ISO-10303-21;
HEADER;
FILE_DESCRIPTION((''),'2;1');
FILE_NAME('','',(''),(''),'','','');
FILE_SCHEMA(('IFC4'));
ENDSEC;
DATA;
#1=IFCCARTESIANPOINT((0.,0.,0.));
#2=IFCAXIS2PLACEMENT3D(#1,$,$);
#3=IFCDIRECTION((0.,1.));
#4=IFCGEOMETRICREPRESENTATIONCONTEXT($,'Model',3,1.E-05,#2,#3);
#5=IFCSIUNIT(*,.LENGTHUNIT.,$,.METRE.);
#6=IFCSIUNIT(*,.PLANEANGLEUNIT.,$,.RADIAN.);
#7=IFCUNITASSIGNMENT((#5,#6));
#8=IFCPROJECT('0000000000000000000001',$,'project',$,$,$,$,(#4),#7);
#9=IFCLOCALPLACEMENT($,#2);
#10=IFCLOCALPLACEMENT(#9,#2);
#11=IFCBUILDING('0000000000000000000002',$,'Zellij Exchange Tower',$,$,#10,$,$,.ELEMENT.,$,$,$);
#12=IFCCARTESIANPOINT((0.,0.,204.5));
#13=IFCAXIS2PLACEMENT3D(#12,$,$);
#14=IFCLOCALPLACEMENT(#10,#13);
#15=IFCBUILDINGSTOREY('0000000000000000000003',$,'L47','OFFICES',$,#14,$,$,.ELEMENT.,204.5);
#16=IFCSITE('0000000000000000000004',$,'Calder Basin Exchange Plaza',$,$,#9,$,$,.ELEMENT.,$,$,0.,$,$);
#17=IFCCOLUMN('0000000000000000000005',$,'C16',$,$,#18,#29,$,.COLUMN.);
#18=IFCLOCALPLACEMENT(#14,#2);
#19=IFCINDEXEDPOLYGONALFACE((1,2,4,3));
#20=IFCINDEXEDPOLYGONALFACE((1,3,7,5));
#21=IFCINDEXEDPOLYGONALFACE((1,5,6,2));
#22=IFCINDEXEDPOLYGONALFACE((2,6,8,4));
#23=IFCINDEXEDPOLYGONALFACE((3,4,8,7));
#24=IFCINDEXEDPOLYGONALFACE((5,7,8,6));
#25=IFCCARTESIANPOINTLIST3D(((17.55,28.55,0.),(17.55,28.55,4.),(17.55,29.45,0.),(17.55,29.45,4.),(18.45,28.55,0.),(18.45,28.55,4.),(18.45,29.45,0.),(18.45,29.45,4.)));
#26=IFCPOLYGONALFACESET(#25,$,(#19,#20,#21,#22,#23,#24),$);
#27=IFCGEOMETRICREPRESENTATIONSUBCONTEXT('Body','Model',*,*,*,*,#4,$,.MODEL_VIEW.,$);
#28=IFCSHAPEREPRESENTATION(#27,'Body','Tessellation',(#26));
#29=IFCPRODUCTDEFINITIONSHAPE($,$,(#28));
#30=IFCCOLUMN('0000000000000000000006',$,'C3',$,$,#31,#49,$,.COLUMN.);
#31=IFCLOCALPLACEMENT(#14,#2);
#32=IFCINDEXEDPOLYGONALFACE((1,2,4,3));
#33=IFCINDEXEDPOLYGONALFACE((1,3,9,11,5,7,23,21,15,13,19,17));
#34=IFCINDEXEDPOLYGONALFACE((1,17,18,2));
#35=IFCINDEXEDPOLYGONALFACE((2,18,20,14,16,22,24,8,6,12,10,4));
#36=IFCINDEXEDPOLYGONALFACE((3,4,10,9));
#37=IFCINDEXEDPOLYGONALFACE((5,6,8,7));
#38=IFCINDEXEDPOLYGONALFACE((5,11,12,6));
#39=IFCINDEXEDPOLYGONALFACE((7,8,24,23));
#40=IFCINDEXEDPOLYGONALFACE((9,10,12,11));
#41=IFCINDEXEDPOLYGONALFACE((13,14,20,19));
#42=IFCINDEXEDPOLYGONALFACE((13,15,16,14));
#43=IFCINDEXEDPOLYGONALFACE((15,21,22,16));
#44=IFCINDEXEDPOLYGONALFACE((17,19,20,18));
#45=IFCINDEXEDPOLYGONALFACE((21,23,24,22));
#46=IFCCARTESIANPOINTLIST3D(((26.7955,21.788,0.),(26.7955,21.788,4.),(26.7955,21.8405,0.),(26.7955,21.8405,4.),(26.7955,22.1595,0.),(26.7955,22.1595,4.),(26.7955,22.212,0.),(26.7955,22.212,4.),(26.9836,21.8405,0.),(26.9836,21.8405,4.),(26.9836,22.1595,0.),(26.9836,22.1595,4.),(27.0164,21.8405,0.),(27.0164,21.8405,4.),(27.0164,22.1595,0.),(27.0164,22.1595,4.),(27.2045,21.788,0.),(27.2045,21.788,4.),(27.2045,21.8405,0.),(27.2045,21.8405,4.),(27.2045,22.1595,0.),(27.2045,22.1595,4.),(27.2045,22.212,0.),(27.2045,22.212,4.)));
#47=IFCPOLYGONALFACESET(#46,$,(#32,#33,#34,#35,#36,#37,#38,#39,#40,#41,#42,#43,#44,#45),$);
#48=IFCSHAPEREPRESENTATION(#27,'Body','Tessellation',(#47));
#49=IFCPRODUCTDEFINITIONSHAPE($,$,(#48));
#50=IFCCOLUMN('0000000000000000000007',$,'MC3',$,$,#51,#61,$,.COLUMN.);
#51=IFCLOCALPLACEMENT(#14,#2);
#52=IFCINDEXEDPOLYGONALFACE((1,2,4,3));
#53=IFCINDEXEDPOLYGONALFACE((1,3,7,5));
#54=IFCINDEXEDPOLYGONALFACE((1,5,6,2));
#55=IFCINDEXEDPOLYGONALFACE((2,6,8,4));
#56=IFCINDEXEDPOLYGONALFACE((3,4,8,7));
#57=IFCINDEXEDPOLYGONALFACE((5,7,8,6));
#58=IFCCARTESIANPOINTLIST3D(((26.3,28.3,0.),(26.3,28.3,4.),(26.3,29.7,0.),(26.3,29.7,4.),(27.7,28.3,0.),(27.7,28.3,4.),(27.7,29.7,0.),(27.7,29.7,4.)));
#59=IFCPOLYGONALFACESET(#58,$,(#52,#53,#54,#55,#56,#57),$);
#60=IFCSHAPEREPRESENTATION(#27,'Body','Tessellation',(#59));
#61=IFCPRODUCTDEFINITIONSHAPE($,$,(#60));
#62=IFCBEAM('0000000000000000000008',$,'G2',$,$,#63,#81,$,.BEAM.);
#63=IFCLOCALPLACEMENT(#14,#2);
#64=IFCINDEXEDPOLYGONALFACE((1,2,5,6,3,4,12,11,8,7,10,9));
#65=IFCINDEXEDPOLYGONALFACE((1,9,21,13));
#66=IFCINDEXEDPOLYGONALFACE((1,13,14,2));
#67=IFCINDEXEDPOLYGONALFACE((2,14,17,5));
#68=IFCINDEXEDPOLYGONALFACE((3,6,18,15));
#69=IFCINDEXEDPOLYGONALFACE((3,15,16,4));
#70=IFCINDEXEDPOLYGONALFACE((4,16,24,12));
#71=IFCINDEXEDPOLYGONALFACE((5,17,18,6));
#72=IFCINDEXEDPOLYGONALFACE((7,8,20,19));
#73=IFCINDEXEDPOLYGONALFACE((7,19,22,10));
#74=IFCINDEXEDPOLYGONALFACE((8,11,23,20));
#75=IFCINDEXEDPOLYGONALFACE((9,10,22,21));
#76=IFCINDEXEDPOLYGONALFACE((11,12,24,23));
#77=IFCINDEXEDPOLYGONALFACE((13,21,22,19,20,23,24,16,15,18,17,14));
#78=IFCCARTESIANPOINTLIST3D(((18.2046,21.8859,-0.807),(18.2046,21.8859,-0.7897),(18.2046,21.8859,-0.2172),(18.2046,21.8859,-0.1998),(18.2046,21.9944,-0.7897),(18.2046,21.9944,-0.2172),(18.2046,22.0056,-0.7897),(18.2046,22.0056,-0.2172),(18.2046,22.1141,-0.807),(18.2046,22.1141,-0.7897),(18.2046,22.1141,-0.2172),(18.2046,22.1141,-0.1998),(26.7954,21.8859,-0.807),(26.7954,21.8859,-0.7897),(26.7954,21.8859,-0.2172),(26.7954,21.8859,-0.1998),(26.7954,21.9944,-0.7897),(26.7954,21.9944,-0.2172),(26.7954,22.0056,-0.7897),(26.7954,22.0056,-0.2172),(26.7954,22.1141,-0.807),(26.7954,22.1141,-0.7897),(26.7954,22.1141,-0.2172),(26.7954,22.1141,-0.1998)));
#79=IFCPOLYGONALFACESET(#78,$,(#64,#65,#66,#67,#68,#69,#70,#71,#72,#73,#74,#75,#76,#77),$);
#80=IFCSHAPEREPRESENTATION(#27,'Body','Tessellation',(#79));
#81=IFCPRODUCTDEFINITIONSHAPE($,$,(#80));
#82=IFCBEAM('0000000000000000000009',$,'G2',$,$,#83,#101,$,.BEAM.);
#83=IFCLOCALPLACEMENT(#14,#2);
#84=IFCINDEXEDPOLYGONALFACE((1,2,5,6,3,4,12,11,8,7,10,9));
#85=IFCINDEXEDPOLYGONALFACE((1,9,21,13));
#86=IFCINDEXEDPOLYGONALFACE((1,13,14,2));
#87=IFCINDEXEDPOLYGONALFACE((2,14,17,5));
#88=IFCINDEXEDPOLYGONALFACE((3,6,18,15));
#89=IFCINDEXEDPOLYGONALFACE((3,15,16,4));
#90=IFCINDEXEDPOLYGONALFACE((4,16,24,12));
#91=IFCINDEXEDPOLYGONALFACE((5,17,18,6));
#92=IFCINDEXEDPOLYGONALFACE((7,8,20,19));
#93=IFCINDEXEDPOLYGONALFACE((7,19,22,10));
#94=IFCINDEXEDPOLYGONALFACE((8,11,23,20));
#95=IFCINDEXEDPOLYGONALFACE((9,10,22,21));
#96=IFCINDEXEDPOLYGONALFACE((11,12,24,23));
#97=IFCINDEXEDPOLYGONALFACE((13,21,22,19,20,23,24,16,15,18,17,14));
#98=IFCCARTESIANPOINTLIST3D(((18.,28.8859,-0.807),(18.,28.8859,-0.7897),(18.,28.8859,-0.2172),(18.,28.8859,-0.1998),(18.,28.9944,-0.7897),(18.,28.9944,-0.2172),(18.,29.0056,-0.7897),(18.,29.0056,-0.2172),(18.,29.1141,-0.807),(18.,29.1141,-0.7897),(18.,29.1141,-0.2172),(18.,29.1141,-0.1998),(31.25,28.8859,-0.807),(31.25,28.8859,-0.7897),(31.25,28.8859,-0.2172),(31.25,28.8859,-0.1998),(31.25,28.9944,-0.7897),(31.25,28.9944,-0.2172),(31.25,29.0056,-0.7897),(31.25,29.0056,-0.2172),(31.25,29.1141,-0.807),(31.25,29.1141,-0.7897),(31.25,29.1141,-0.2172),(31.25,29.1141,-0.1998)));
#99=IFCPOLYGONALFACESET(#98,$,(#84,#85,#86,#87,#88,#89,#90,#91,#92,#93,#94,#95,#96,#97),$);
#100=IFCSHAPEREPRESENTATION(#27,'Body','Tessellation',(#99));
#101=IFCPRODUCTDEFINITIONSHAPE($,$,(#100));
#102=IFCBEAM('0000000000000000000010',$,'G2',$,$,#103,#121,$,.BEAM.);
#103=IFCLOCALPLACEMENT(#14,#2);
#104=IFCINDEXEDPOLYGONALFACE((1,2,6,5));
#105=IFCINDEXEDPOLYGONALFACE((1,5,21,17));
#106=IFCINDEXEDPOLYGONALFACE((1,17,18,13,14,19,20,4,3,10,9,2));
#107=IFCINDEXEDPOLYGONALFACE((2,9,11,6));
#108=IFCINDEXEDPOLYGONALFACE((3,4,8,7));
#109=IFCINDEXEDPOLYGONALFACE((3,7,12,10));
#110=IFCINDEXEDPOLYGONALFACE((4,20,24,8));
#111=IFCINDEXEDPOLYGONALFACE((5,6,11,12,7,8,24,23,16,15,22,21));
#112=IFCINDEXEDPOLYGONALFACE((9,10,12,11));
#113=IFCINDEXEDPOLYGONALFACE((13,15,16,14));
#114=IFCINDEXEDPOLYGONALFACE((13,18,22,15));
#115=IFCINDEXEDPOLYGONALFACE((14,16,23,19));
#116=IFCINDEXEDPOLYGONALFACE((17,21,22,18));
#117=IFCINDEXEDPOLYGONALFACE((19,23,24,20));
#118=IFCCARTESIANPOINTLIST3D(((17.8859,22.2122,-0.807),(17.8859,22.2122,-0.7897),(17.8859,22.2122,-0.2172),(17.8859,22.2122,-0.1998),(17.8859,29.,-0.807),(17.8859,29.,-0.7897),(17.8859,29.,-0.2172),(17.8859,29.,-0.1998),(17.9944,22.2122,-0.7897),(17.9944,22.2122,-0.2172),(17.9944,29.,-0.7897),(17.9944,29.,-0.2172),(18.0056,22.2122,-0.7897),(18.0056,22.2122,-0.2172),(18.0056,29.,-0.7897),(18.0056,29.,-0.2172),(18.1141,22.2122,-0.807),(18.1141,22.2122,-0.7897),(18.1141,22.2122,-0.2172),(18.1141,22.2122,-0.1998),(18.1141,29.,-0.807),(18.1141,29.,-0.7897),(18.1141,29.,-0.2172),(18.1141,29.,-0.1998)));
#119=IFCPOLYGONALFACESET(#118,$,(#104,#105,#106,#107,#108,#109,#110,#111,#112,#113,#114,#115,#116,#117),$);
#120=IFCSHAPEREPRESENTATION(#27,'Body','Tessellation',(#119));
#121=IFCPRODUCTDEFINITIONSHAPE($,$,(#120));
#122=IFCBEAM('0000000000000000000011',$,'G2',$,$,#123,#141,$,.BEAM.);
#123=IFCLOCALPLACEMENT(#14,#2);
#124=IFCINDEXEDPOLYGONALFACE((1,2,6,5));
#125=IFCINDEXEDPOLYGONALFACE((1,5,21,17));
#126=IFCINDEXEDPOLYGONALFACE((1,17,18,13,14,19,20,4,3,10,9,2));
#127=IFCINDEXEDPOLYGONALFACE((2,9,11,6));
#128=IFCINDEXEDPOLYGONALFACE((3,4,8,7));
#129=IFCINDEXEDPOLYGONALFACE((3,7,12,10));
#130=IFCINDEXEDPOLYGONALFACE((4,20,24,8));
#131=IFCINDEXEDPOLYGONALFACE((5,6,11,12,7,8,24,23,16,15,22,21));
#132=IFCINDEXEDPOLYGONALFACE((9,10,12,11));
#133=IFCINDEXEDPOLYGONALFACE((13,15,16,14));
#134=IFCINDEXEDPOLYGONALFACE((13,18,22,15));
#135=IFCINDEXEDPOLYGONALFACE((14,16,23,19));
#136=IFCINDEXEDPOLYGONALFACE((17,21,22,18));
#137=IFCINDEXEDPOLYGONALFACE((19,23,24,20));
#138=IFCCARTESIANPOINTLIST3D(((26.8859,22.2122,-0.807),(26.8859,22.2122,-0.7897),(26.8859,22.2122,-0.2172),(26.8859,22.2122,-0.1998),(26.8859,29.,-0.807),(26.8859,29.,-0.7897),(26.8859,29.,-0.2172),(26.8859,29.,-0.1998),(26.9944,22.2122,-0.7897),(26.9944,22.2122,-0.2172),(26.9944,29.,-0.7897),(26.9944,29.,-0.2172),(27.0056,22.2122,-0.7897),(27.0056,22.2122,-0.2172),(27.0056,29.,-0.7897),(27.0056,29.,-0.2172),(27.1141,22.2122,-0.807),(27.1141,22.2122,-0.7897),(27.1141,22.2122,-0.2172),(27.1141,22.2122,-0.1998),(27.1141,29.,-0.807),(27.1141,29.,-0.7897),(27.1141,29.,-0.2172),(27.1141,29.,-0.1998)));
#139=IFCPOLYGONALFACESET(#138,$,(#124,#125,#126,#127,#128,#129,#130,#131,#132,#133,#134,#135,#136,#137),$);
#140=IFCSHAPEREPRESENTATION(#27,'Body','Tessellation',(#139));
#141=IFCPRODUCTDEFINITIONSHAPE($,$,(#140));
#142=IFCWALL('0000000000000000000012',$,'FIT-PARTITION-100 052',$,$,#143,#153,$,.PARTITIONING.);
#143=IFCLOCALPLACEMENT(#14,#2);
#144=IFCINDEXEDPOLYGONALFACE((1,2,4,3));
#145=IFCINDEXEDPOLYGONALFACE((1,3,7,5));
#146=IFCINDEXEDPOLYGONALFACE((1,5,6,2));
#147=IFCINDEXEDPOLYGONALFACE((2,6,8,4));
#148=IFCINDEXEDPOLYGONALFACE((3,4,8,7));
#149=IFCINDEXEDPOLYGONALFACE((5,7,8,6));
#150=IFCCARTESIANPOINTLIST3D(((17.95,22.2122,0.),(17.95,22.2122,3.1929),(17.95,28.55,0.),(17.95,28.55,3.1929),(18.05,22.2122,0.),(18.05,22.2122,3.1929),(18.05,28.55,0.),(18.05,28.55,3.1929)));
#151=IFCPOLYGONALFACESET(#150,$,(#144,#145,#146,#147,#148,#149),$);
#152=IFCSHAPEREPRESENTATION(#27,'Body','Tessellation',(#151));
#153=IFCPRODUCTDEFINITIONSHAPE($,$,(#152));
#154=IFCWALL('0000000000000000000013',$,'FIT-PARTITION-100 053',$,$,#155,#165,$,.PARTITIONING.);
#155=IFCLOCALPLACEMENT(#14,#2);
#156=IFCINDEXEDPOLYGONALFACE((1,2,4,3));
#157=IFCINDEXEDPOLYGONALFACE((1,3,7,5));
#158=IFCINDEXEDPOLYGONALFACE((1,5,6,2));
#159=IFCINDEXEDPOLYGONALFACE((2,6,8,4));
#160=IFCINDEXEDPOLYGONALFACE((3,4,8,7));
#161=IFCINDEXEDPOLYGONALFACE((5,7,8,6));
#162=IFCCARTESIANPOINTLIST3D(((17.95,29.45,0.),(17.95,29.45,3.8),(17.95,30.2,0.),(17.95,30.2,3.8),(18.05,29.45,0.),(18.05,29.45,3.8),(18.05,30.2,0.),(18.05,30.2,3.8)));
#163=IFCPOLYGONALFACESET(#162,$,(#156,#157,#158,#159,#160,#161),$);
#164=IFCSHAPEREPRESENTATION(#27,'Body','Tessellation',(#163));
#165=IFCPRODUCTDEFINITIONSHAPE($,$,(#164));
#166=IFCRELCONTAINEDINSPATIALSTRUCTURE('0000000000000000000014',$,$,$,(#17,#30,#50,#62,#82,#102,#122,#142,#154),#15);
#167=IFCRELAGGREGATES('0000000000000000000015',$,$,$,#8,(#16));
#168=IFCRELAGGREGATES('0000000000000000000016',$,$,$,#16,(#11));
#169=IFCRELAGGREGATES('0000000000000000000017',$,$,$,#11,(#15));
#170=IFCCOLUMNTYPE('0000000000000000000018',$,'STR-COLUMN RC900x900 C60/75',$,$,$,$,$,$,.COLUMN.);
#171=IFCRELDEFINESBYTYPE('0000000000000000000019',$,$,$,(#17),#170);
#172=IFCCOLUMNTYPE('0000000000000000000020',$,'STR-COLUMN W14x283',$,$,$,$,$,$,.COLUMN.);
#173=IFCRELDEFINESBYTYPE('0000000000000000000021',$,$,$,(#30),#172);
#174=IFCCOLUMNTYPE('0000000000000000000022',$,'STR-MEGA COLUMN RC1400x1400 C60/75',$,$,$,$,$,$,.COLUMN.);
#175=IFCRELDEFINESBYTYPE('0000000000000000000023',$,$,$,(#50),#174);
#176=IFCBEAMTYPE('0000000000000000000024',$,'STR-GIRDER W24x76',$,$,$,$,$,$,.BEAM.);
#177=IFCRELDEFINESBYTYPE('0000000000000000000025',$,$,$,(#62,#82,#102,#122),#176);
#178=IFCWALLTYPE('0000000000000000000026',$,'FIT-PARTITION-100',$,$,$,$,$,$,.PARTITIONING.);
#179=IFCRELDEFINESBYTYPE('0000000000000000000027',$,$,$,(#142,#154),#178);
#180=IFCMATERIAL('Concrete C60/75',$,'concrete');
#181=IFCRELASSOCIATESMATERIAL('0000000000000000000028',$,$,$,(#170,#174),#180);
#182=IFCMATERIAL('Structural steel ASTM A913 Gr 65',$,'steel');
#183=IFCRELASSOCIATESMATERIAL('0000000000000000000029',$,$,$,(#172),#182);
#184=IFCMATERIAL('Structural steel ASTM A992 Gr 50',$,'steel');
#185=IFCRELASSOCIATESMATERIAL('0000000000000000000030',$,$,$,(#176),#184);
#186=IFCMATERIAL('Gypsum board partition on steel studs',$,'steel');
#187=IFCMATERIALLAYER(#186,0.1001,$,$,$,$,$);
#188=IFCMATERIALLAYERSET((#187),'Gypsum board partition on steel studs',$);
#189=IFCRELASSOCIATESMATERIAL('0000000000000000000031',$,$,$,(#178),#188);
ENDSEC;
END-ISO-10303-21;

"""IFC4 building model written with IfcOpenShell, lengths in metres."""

from ifc_helpers import new_model, si_unit, direction, frame, frame_2d, origin, origin_2d, place, context, subcontext, project, spatial, rectangle, i_section, extrude, material, layer, layer_set, material_profile, profile_set, type_object, element, save


model = new_model("IFC4")

# Units and contexts
model_context = context("Model", 3, precision=1e-05, world=origin(), true_north=direction((0.0, 1.0)))
body_context = subcontext(model_context, "Body", "Model", "MODEL_VIEW")
ifc_project = project(units=[si_unit("LENGTHUNIT", "METRE"), si_unit("PLANEANGLEUNIT", "RADIAN")], contexts=[model_context])

# Site, building, storey
site_placement = place(None, origin())
site = spatial("IfcSite", under=ifc_project, at=site_placement, Name="Calder Basin Exchange Plaza", CompositionType="ELEMENT", RefElevation=0.0)
building_placement = place(site_placement, origin())
building = spatial("IfcBuilding", under=site, at=building_placement, Name="Zellij Exchange Tower", CompositionType="ELEMENT")
storey_placement = place(building_placement, frame((0.0, 0.0, 204.5)))
storey = spatial("IfcBuildingStorey", under=building, at=storey_placement, Name="L47", Description="OFFICES", CompositionType="ELEMENT", Elevation=204.5)

# Columns
ifc_material_1 = material(Name="Concrete C60/75", Category="concrete")
ifc_material_profile_1 = material_profile(ifc_material_1, rectangle(XDim=0.8999, YDim=0.8999, at=origin_2d()), Name="STR-COLUMN RC900x900 C60/75")
ifc_profile_set_1 = profile_set([ifc_material_profile_1], Name="Concrete C60/75")
column_type_1 = type_object("IfcColumnType", Name="STR-COLUMN RC900x900 C60/75", PredefinedType="COLUMN", material=ifc_profile_set_1)
column_1_placement = place(storey_placement, frame((18.0, 29.0, 0.0), z_axis=(0.0, 0.0, 1.0), x_axis=(1.0, 0.0, 0.0)))
element("IfcColumn", 1, at=column_1_placement, inside=storey, type_object=column_type_1, Name="C16", PredefinedType="COLUMN", context=body_context, shape_type="SweptSolid", body=[
    extrude(rectangle(XDim=0.8999, YDim=0.8999, at=origin_2d()), origin(), (0.0, 0.0, 1.0), 4.0),
])
ifc_material_2 = material(Name="Structural steel ASTM A913 Gr 65", Category="steel")
ifc_material_profile_2 = material_profile(ifc_material_2, i_section(OverallWidth=0.4089, OverallDepth=0.4241, WebThickness=0.0327, FlangeThickness=0.0525, at=origin_2d()), Name="W14x283")
ifc_profile_set_2 = profile_set([ifc_material_profile_2], Name="Structural steel ASTM A913 Gr 65")
column_type_2 = type_object("IfcColumnType", Name="STR-COLUMN W14x283", PredefinedType="COLUMN", material=ifc_profile_set_2)
column_2_placement = place(storey_placement, frame((27.0, 22.0, 0.0), z_axis=(0.0, 0.0, 1.0), x_axis=(1.0, 0.0, 0.0)))
element("IfcColumn", 2, at=column_2_placement, inside=storey, type_object=column_type_2, Name="C3", PredefinedType="COLUMN", context=body_context, shape_type="SweptSolid", body=[
    extrude(i_section(OverallWidth=0.4089, OverallDepth=0.4241, WebThickness=0.0327, FlangeThickness=0.0525, at=origin_2d()), origin(), (0.0, 0.0, 1.0), 4.0),
])
ifc_material_profile_3 = material_profile(ifc_material_1, rectangle(XDim=1.3999, YDim=1.3999, at=origin_2d()), Name="STR-MEGA COLUMN RC1400x1400 C60/75")
ifc_profile_set_3 = profile_set([ifc_material_profile_3], Name="Concrete C60/75")
column_type_3 = type_object("IfcColumnType", Name="STR-MEGA COLUMN RC1400x1400 C60/75", PredefinedType="COLUMN", material=ifc_profile_set_3)
column_3_placement = place(storey_placement, frame((27.0, 29.0, 0.0), z_axis=(0.0, 0.0, 1.0), x_axis=(1.0, 0.0, 0.0)))
element("IfcColumn", 3, at=column_3_placement, inside=storey, type_object=column_type_3, Name="MC3", PredefinedType="COLUMN", context=body_context, shape_type="SweptSolid", body=[
    extrude(rectangle(XDim=1.3999, YDim=1.3999, at=origin_2d()), origin(), (0.0, 0.0, 1.0), 4.0),
])

# Beams
ifc_material_3 = material(Name="Structural steel ASTM A992 Gr 50", Category="steel")
ifc_material_profile_4 = material_profile(ifc_material_3, i_section(OverallWidth=0.2283, OverallDepth=0.6072, WebThickness=0.0112, FlangeThickness=0.0173, at=origin_2d()), Name="W24x76")
ifc_profile_set_4 = profile_set([ifc_material_profile_4], Name="Structural steel ASTM A992 Gr 50")
beam_type = type_object("IfcBeamType", Name="STR-GIRDER W24x76", PredefinedType="BEAM", material=ifc_profile_set_4)
beam_1_placement = place(storey_placement, frame((18.2046, 22.0, -0.5034), z_axis=(1.0, 0.0, 0.0), x_axis=(0.0, 1.0, 0.0)))
element("IfcBeam", 4, at=beam_1_placement, inside=storey, type_object=beam_type, Name="G2", PredefinedType="BEAM", context=body_context, shape_type="SweptSolid", body=[
    extrude(i_section(OverallWidth=0.2283, OverallDepth=0.6072, WebThickness=0.0112, FlangeThickness=0.0173, at=origin_2d()), origin(), (0.0, 0.0, 1.0), 8.5908),
])
beam_2_placement = place(storey_placement, frame((18.0, 29.0, -0.5034), z_axis=(1.0, 0.0, 0.0), x_axis=(0.0, 1.0, 0.0)))
element("IfcBeam", 5, at=beam_2_placement, inside=storey, type_object=beam_type, Name="G2", PredefinedType="BEAM", context=body_context, shape_type="SweptSolid", body=[
    extrude(i_section(OverallWidth=0.2283, OverallDepth=0.6072, WebThickness=0.0112, FlangeThickness=0.0173, at=origin_2d()), origin(), (0.0, 0.0, 1.0), 13.25),
])
for number, where, z_axis, x_axis, name in (
    (6, (18.0, 22.2122, -0.5034), (0.0, 1.0, 0.0), (-1.0, 0.0, 0.0), "G2"),
    (7, (27.0, 22.2122, -0.5034), (0.0, 1.0, 0.0), (-1.0, 0.0, 0.0), "G2"),
):
    element("IfcBeam", number, at=place(storey_placement, frame(where, z_axis=z_axis, x_axis=x_axis)), inside=storey, type_object=beam_type, Name=name, PredefinedType="BEAM", context=body_context, shape_type="SweptSolid", body=[
        extrude(i_section(OverallWidth=0.2283, OverallDepth=0.6072, WebThickness=0.0112, FlangeThickness=0.0173, at=origin_2d()), origin(), (0.0, 0.0, 1.0), 6.7878),
    ])

# Walls
ifc_material_4 = material(Name="Gypsum board partition on steel studs", Category="steel")
ifc_layer_1 = layer(ifc_material_4, 0.1001)
ifc_layer_set_1 = layer_set([ifc_layer_1], Name="Gypsum board partition on steel studs")
wall_type = type_object("IfcWallType", Name="FIT-PARTITION-100", PredefinedType="PARTITIONING", material=ifc_layer_set_1)
wall_1_placement = place(storey_placement, frame((18.0, 22.2122, 0.0), z_axis=(0.0, 0.0, 1.0), x_axis=(0.0, 1.0, 0.0)))
element("IfcWall", 8, at=wall_1_placement, inside=storey, type_object=wall_type, Name="FIT-PARTITION-100 052", PredefinedType="PARTITIONING", context=body_context, shape_type="SweptSolid", body=[
    extrude(rectangle(XDim=6.3379, YDim=0.1001, at=frame_2d((3.1689, 0.0))), origin(), (0.0, 0.0, 1.0), 3.1929),
])
wall_2_placement = place(storey_placement, frame((18.0, 29.45, 0.0), z_axis=(0.0, 0.0, 1.0), x_axis=(0.0, 1.0, 0.0)))
element("IfcWall", 9, at=wall_2_placement, inside=storey, type_object=wall_type, Name="FIT-PARTITION-100 053", PredefinedType="PARTITIONING", context=body_context, shape_type="SweptSolid", body=[
    extrude(rectangle(XDim=0.75, YDim=0.1001, at=frame_2d((0.375, 0.0))), origin(), (0.0, 0.0, 1.0), 3.8),
])

save(model, "model.ifc")
